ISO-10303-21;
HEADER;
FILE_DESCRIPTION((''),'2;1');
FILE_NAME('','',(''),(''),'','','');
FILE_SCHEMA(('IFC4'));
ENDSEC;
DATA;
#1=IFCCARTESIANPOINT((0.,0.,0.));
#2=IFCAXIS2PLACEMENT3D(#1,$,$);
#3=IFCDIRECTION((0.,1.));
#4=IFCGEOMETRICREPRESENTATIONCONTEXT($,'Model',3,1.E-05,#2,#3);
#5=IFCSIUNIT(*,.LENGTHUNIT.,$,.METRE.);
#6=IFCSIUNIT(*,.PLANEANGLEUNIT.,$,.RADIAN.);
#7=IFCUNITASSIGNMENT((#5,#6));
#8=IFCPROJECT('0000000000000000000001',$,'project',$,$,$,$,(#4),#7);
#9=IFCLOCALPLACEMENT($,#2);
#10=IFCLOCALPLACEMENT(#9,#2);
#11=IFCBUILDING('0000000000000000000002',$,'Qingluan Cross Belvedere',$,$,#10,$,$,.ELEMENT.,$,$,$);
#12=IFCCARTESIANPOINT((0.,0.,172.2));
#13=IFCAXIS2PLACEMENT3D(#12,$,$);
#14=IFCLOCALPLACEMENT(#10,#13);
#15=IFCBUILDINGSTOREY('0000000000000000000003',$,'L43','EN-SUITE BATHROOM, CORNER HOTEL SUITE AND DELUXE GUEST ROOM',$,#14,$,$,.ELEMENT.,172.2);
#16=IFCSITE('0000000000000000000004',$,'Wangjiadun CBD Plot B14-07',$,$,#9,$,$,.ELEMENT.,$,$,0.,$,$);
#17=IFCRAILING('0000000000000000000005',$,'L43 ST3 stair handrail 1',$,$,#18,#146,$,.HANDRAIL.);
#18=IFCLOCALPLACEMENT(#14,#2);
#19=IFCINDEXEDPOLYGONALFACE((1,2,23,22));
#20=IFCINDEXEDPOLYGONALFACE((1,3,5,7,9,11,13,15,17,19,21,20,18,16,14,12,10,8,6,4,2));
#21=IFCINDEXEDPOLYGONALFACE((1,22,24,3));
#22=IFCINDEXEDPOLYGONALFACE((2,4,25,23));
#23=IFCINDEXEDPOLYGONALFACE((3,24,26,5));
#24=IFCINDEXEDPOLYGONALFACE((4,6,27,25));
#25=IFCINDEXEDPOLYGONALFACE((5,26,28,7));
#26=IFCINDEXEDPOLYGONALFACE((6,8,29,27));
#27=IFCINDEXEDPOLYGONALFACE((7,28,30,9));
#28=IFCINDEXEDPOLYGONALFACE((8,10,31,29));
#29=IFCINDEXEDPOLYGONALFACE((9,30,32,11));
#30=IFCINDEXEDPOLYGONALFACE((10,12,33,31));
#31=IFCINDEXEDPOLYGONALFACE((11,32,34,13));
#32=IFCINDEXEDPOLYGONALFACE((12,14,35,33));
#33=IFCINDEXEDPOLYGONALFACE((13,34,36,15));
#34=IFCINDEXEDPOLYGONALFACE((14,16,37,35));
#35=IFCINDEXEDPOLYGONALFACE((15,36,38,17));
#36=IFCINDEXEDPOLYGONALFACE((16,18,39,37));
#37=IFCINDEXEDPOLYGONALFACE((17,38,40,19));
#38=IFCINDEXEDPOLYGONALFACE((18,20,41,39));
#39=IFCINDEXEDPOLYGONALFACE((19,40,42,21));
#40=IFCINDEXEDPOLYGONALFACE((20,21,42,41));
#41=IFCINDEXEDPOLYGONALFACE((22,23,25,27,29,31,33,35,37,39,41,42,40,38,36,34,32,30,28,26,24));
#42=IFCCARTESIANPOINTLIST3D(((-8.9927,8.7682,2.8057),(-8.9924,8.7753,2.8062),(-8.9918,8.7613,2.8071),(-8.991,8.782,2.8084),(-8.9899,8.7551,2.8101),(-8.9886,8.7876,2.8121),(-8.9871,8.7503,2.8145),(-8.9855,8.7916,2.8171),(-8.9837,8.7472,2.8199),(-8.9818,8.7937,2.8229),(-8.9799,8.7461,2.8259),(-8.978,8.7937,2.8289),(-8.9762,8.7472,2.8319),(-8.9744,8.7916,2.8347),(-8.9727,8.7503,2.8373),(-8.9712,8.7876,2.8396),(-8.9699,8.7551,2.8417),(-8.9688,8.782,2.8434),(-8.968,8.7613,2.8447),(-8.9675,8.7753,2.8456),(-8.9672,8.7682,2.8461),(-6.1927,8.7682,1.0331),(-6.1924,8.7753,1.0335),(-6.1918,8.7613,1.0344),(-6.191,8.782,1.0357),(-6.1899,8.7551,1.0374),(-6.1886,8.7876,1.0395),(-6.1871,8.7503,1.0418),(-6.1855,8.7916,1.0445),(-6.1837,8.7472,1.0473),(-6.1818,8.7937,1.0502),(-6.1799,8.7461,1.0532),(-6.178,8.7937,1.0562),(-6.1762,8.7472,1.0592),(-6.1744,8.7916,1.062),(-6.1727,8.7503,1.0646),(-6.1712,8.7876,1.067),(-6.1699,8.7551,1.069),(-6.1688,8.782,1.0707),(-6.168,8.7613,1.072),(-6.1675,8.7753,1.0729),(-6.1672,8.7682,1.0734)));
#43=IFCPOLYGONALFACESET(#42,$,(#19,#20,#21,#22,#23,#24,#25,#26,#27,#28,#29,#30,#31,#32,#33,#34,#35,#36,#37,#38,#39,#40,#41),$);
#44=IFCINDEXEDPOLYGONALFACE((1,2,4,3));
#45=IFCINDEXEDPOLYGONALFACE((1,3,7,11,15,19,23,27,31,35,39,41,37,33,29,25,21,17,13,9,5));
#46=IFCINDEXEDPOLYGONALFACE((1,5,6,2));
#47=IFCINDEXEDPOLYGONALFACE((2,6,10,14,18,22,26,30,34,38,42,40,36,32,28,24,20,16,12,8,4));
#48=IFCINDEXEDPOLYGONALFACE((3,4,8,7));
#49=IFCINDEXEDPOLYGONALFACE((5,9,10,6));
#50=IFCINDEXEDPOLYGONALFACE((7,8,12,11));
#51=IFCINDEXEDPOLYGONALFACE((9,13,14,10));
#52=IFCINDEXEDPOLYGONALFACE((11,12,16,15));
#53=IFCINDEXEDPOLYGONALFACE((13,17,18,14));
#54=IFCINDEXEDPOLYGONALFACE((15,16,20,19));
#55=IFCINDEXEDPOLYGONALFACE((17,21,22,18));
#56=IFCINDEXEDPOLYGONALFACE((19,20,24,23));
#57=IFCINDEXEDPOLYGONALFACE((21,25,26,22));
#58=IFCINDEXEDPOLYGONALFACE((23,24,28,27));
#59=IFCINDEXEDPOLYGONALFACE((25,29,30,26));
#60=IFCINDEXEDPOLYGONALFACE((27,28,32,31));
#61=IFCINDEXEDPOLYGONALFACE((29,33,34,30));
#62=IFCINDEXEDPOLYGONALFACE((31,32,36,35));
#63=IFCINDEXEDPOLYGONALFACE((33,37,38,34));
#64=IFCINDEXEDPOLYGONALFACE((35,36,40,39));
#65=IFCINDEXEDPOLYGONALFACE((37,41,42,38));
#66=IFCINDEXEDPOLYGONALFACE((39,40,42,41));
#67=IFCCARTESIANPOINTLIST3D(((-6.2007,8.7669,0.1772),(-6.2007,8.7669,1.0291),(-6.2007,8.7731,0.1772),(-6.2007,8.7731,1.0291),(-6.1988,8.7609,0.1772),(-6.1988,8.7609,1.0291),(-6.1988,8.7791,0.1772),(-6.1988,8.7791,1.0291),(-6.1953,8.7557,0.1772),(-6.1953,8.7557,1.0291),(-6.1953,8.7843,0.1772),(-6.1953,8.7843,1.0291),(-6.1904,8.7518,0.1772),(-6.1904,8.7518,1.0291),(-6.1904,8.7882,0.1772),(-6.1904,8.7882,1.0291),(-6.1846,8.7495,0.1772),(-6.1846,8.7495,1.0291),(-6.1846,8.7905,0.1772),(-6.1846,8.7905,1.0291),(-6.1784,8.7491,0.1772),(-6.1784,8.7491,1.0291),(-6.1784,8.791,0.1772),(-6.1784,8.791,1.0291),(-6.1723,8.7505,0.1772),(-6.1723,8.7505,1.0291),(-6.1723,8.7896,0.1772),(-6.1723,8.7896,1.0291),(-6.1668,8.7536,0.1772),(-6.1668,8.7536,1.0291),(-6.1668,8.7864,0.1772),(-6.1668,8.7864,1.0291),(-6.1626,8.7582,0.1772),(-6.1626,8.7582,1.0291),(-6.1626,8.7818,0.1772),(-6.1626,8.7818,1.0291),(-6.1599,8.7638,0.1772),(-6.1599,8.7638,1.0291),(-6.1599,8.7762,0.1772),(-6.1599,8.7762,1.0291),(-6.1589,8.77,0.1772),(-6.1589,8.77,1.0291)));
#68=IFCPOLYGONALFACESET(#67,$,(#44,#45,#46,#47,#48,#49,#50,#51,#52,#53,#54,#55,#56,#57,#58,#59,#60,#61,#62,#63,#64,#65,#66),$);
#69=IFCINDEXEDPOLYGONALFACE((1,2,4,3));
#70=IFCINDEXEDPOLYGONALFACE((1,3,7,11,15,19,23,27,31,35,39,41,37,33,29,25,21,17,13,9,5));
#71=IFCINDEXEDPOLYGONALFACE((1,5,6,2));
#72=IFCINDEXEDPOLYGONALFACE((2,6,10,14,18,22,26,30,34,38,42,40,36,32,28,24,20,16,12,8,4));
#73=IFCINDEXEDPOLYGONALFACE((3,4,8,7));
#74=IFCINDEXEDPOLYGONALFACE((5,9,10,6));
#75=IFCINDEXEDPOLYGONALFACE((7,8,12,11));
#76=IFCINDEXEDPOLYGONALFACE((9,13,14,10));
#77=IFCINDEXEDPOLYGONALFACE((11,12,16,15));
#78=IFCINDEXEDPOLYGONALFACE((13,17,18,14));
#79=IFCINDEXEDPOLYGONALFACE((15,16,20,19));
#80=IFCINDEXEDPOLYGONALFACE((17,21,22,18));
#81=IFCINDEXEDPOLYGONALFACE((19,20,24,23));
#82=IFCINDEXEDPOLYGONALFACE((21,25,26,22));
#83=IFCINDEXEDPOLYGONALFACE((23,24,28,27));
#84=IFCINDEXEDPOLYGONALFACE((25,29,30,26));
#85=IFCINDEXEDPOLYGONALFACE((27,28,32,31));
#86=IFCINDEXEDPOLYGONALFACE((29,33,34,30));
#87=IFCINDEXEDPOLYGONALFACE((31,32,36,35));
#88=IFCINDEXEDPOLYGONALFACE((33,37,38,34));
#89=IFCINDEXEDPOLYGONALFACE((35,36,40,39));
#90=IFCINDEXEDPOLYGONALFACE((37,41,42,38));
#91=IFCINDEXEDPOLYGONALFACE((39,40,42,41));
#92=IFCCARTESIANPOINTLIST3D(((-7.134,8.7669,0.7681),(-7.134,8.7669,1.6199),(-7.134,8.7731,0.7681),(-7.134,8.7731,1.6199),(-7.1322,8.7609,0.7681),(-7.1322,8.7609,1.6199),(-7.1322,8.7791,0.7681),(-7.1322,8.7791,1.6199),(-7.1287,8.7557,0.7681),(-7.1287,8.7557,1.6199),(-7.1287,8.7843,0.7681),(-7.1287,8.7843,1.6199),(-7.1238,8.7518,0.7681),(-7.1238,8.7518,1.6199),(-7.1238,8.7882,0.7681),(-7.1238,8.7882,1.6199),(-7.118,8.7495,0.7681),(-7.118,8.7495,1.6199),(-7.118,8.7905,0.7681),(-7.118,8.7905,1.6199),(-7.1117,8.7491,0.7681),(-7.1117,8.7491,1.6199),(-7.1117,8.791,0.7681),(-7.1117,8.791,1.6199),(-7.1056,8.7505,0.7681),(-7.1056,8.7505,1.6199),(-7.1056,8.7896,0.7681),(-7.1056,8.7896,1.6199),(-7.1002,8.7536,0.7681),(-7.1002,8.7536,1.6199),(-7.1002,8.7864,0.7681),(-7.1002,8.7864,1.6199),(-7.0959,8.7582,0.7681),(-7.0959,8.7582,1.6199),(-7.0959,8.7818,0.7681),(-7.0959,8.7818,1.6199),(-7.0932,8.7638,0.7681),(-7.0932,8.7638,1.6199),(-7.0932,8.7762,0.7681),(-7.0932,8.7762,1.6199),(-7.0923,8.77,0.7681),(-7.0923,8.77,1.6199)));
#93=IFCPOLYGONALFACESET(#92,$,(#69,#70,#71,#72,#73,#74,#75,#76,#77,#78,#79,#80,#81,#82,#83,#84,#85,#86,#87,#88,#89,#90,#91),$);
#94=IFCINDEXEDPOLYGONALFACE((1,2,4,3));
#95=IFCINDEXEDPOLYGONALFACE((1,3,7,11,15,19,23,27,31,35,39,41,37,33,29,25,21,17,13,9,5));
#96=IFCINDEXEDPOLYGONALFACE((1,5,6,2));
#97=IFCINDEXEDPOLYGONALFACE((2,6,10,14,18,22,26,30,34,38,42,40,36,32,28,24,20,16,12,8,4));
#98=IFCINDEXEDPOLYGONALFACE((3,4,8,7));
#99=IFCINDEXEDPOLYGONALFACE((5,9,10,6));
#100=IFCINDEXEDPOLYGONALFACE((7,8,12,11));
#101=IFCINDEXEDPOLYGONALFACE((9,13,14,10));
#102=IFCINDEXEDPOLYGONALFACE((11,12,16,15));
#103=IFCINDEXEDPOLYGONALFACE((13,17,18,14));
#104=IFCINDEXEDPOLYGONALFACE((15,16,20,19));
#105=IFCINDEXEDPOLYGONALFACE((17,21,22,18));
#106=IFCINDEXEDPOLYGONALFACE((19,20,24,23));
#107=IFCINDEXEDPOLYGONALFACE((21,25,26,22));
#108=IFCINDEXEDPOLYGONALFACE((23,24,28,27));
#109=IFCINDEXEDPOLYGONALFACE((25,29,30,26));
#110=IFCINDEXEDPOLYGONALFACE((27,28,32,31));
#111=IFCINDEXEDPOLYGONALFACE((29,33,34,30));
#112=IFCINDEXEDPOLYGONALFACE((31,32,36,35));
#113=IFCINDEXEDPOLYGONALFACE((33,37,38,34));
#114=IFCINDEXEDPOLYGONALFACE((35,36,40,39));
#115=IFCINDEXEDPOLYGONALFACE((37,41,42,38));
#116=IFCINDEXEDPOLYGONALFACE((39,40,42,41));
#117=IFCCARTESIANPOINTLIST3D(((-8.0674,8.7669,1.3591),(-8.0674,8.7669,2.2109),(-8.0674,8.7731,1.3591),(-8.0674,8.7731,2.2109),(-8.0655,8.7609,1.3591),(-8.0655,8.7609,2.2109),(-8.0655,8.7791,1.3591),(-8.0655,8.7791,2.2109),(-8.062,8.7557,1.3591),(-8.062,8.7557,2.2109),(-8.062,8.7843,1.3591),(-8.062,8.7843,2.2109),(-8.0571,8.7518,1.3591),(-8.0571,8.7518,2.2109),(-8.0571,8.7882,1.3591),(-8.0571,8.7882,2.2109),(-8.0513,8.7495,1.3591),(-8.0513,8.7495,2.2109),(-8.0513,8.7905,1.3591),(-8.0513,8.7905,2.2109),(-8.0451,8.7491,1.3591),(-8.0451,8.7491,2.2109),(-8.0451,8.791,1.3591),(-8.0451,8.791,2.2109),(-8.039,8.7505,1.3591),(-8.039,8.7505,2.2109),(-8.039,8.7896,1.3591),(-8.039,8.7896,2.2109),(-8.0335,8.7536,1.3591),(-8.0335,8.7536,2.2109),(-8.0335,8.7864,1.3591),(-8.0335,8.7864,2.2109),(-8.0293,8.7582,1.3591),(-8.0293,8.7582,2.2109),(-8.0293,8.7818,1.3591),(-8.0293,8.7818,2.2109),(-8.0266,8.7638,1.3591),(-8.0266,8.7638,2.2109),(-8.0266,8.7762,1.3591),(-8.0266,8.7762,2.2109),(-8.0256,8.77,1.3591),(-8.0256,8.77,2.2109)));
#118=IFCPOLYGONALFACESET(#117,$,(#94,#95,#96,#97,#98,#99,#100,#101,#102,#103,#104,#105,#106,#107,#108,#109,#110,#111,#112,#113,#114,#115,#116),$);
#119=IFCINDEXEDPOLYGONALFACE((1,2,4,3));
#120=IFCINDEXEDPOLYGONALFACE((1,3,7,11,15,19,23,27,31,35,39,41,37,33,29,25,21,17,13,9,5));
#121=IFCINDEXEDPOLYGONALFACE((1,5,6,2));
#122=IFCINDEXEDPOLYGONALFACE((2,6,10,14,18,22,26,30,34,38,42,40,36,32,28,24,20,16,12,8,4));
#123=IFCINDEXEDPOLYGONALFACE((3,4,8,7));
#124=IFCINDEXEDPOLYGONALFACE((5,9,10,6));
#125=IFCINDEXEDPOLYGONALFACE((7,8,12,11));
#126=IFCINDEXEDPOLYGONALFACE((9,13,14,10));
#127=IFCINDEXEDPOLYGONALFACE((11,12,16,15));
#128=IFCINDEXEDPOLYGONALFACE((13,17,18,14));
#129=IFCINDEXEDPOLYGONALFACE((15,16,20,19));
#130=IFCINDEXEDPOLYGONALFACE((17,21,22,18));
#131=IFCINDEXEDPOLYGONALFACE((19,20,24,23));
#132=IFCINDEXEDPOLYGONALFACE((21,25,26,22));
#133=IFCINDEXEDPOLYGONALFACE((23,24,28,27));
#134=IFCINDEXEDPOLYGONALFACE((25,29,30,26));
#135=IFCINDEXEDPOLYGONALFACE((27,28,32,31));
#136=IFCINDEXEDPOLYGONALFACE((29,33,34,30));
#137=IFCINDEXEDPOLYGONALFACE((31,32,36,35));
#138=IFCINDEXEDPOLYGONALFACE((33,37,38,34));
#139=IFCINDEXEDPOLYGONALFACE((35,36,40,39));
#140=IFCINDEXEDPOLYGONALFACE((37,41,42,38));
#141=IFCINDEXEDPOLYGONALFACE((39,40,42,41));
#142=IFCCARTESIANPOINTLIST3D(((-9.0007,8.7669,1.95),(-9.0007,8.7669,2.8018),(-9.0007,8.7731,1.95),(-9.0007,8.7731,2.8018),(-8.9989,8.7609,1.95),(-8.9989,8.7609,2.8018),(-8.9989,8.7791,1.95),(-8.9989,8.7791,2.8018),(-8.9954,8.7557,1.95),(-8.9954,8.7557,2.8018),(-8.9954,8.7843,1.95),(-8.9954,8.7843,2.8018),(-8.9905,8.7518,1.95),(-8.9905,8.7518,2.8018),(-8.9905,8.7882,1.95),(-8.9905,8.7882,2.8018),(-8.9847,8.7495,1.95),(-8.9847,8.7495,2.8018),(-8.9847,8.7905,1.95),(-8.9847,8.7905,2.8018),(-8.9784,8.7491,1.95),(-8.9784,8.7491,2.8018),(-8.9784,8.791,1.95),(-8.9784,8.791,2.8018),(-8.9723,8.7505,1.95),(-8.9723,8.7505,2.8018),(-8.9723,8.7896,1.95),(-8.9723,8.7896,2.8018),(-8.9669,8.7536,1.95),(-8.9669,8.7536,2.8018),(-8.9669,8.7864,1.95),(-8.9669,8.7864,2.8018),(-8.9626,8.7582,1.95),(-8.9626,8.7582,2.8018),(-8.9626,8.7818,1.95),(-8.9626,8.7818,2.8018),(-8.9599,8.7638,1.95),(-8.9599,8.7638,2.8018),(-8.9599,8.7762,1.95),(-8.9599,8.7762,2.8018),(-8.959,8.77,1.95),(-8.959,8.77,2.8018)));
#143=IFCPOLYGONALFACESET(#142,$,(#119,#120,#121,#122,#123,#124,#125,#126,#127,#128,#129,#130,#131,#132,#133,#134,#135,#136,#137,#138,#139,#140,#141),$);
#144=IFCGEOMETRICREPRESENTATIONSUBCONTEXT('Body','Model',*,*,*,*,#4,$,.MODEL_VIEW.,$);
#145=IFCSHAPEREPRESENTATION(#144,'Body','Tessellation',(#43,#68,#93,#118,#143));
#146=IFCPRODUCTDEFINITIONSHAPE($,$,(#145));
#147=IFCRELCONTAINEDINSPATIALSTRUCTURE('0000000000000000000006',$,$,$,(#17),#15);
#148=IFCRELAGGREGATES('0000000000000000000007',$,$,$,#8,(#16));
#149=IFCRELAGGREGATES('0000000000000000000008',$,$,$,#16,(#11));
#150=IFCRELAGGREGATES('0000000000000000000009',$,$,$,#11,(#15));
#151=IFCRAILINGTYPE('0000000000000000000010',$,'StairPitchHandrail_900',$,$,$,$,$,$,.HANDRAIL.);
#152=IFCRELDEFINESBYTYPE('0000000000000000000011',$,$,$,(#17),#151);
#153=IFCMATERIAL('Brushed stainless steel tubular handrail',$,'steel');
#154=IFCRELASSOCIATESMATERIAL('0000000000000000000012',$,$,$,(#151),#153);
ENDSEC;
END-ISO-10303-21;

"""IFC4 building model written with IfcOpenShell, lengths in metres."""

from ifc_helpers import new_model, si_unit, direction, frame, origin, origin_2d, place, context, subcontext, project, spatial, circle, extrude, material, type_object, element, save


model = new_model("IFC4")

# Units and contexts
model_context = context("Model", 3, precision=1e-05, world=origin(), true_north=direction((0.0, 1.0)))
body_context = subcontext(model_context, "Body", "Model", "MODEL_VIEW")
ifc_project = project(units=[si_unit("LENGTHUNIT", "METRE"), si_unit("PLANEANGLEUNIT", "RADIAN")], contexts=[model_context])

# Site, building, storey
site_placement = place(None, origin())
site = spatial("IfcSite", under=ifc_project, at=site_placement, Name="Wangjiadun CBD Plot B14-07", CompositionType="ELEMENT", RefElevation=0.0)
building_placement = place(site_placement, origin())
building = spatial("IfcBuilding", under=site, at=building_placement, Name="Qingluan Cross Belvedere", CompositionType="ELEMENT")
storey_placement = place(building_placement, frame((0.0, 0.0, 172.2)))
storey = spatial("IfcBuildingStorey", under=building, at=storey_placement, Name="L43", Description="EN-SUITE BATHROOM, CORNER HOTEL SUITE AND DELUXE GUEST ROOM", CompositionType="ELEMENT", Elevation=172.2)

# Railing
ifc_material_1 = material(Name="Brushed stainless steel tubular handrail", Category="steel")
railing_type = type_object("IfcRailingType", Name="StairPitchHandrail_900", PredefinedType="HANDRAIL", material=ifc_material_1)
railing_placement = place(storey_placement, frame((-6.1799, 8.77, 0.1772)))
element("IfcRailing", 1, at=railing_placement, inside=storey, type_object=railing_type, Name="L43 ST3 stair handrail 1", PredefinedType="HANDRAIL", context=body_context, shape_type="SweptSolid", body=[
    extrude(circle(Radius=0.0239, at=origin_2d()), frame((0.0, 0.0, 0.876), z_axis=(-0.844909, 0.0, 0.53491), x_axis=(0.0, -1.0, 0.0)), (0.0, 0.0, 1.0), 3.314),
    extrude(circle(Radius=0.021, at=origin_2d()), origin(), (0.0, 0.0, 1.0), 0.8518),
    extrude(circle(Radius=0.021, at=origin_2d()), frame((-0.9333, 0.0, 0.5908)), (0.0, 0.0, 1.0), 0.8518),
    extrude(circle(Radius=0.021, at=origin_2d()), frame((-1.8667, 0.0, 1.1819)), (0.0, 0.0, 1.0), 0.8518),
    extrude(circle(Radius=0.021, at=origin_2d()), frame((-2.8, 0.0, 1.7727)), (0.0, 0.0, 1.0), 0.8518),
])

save(model, "model.ifc")
